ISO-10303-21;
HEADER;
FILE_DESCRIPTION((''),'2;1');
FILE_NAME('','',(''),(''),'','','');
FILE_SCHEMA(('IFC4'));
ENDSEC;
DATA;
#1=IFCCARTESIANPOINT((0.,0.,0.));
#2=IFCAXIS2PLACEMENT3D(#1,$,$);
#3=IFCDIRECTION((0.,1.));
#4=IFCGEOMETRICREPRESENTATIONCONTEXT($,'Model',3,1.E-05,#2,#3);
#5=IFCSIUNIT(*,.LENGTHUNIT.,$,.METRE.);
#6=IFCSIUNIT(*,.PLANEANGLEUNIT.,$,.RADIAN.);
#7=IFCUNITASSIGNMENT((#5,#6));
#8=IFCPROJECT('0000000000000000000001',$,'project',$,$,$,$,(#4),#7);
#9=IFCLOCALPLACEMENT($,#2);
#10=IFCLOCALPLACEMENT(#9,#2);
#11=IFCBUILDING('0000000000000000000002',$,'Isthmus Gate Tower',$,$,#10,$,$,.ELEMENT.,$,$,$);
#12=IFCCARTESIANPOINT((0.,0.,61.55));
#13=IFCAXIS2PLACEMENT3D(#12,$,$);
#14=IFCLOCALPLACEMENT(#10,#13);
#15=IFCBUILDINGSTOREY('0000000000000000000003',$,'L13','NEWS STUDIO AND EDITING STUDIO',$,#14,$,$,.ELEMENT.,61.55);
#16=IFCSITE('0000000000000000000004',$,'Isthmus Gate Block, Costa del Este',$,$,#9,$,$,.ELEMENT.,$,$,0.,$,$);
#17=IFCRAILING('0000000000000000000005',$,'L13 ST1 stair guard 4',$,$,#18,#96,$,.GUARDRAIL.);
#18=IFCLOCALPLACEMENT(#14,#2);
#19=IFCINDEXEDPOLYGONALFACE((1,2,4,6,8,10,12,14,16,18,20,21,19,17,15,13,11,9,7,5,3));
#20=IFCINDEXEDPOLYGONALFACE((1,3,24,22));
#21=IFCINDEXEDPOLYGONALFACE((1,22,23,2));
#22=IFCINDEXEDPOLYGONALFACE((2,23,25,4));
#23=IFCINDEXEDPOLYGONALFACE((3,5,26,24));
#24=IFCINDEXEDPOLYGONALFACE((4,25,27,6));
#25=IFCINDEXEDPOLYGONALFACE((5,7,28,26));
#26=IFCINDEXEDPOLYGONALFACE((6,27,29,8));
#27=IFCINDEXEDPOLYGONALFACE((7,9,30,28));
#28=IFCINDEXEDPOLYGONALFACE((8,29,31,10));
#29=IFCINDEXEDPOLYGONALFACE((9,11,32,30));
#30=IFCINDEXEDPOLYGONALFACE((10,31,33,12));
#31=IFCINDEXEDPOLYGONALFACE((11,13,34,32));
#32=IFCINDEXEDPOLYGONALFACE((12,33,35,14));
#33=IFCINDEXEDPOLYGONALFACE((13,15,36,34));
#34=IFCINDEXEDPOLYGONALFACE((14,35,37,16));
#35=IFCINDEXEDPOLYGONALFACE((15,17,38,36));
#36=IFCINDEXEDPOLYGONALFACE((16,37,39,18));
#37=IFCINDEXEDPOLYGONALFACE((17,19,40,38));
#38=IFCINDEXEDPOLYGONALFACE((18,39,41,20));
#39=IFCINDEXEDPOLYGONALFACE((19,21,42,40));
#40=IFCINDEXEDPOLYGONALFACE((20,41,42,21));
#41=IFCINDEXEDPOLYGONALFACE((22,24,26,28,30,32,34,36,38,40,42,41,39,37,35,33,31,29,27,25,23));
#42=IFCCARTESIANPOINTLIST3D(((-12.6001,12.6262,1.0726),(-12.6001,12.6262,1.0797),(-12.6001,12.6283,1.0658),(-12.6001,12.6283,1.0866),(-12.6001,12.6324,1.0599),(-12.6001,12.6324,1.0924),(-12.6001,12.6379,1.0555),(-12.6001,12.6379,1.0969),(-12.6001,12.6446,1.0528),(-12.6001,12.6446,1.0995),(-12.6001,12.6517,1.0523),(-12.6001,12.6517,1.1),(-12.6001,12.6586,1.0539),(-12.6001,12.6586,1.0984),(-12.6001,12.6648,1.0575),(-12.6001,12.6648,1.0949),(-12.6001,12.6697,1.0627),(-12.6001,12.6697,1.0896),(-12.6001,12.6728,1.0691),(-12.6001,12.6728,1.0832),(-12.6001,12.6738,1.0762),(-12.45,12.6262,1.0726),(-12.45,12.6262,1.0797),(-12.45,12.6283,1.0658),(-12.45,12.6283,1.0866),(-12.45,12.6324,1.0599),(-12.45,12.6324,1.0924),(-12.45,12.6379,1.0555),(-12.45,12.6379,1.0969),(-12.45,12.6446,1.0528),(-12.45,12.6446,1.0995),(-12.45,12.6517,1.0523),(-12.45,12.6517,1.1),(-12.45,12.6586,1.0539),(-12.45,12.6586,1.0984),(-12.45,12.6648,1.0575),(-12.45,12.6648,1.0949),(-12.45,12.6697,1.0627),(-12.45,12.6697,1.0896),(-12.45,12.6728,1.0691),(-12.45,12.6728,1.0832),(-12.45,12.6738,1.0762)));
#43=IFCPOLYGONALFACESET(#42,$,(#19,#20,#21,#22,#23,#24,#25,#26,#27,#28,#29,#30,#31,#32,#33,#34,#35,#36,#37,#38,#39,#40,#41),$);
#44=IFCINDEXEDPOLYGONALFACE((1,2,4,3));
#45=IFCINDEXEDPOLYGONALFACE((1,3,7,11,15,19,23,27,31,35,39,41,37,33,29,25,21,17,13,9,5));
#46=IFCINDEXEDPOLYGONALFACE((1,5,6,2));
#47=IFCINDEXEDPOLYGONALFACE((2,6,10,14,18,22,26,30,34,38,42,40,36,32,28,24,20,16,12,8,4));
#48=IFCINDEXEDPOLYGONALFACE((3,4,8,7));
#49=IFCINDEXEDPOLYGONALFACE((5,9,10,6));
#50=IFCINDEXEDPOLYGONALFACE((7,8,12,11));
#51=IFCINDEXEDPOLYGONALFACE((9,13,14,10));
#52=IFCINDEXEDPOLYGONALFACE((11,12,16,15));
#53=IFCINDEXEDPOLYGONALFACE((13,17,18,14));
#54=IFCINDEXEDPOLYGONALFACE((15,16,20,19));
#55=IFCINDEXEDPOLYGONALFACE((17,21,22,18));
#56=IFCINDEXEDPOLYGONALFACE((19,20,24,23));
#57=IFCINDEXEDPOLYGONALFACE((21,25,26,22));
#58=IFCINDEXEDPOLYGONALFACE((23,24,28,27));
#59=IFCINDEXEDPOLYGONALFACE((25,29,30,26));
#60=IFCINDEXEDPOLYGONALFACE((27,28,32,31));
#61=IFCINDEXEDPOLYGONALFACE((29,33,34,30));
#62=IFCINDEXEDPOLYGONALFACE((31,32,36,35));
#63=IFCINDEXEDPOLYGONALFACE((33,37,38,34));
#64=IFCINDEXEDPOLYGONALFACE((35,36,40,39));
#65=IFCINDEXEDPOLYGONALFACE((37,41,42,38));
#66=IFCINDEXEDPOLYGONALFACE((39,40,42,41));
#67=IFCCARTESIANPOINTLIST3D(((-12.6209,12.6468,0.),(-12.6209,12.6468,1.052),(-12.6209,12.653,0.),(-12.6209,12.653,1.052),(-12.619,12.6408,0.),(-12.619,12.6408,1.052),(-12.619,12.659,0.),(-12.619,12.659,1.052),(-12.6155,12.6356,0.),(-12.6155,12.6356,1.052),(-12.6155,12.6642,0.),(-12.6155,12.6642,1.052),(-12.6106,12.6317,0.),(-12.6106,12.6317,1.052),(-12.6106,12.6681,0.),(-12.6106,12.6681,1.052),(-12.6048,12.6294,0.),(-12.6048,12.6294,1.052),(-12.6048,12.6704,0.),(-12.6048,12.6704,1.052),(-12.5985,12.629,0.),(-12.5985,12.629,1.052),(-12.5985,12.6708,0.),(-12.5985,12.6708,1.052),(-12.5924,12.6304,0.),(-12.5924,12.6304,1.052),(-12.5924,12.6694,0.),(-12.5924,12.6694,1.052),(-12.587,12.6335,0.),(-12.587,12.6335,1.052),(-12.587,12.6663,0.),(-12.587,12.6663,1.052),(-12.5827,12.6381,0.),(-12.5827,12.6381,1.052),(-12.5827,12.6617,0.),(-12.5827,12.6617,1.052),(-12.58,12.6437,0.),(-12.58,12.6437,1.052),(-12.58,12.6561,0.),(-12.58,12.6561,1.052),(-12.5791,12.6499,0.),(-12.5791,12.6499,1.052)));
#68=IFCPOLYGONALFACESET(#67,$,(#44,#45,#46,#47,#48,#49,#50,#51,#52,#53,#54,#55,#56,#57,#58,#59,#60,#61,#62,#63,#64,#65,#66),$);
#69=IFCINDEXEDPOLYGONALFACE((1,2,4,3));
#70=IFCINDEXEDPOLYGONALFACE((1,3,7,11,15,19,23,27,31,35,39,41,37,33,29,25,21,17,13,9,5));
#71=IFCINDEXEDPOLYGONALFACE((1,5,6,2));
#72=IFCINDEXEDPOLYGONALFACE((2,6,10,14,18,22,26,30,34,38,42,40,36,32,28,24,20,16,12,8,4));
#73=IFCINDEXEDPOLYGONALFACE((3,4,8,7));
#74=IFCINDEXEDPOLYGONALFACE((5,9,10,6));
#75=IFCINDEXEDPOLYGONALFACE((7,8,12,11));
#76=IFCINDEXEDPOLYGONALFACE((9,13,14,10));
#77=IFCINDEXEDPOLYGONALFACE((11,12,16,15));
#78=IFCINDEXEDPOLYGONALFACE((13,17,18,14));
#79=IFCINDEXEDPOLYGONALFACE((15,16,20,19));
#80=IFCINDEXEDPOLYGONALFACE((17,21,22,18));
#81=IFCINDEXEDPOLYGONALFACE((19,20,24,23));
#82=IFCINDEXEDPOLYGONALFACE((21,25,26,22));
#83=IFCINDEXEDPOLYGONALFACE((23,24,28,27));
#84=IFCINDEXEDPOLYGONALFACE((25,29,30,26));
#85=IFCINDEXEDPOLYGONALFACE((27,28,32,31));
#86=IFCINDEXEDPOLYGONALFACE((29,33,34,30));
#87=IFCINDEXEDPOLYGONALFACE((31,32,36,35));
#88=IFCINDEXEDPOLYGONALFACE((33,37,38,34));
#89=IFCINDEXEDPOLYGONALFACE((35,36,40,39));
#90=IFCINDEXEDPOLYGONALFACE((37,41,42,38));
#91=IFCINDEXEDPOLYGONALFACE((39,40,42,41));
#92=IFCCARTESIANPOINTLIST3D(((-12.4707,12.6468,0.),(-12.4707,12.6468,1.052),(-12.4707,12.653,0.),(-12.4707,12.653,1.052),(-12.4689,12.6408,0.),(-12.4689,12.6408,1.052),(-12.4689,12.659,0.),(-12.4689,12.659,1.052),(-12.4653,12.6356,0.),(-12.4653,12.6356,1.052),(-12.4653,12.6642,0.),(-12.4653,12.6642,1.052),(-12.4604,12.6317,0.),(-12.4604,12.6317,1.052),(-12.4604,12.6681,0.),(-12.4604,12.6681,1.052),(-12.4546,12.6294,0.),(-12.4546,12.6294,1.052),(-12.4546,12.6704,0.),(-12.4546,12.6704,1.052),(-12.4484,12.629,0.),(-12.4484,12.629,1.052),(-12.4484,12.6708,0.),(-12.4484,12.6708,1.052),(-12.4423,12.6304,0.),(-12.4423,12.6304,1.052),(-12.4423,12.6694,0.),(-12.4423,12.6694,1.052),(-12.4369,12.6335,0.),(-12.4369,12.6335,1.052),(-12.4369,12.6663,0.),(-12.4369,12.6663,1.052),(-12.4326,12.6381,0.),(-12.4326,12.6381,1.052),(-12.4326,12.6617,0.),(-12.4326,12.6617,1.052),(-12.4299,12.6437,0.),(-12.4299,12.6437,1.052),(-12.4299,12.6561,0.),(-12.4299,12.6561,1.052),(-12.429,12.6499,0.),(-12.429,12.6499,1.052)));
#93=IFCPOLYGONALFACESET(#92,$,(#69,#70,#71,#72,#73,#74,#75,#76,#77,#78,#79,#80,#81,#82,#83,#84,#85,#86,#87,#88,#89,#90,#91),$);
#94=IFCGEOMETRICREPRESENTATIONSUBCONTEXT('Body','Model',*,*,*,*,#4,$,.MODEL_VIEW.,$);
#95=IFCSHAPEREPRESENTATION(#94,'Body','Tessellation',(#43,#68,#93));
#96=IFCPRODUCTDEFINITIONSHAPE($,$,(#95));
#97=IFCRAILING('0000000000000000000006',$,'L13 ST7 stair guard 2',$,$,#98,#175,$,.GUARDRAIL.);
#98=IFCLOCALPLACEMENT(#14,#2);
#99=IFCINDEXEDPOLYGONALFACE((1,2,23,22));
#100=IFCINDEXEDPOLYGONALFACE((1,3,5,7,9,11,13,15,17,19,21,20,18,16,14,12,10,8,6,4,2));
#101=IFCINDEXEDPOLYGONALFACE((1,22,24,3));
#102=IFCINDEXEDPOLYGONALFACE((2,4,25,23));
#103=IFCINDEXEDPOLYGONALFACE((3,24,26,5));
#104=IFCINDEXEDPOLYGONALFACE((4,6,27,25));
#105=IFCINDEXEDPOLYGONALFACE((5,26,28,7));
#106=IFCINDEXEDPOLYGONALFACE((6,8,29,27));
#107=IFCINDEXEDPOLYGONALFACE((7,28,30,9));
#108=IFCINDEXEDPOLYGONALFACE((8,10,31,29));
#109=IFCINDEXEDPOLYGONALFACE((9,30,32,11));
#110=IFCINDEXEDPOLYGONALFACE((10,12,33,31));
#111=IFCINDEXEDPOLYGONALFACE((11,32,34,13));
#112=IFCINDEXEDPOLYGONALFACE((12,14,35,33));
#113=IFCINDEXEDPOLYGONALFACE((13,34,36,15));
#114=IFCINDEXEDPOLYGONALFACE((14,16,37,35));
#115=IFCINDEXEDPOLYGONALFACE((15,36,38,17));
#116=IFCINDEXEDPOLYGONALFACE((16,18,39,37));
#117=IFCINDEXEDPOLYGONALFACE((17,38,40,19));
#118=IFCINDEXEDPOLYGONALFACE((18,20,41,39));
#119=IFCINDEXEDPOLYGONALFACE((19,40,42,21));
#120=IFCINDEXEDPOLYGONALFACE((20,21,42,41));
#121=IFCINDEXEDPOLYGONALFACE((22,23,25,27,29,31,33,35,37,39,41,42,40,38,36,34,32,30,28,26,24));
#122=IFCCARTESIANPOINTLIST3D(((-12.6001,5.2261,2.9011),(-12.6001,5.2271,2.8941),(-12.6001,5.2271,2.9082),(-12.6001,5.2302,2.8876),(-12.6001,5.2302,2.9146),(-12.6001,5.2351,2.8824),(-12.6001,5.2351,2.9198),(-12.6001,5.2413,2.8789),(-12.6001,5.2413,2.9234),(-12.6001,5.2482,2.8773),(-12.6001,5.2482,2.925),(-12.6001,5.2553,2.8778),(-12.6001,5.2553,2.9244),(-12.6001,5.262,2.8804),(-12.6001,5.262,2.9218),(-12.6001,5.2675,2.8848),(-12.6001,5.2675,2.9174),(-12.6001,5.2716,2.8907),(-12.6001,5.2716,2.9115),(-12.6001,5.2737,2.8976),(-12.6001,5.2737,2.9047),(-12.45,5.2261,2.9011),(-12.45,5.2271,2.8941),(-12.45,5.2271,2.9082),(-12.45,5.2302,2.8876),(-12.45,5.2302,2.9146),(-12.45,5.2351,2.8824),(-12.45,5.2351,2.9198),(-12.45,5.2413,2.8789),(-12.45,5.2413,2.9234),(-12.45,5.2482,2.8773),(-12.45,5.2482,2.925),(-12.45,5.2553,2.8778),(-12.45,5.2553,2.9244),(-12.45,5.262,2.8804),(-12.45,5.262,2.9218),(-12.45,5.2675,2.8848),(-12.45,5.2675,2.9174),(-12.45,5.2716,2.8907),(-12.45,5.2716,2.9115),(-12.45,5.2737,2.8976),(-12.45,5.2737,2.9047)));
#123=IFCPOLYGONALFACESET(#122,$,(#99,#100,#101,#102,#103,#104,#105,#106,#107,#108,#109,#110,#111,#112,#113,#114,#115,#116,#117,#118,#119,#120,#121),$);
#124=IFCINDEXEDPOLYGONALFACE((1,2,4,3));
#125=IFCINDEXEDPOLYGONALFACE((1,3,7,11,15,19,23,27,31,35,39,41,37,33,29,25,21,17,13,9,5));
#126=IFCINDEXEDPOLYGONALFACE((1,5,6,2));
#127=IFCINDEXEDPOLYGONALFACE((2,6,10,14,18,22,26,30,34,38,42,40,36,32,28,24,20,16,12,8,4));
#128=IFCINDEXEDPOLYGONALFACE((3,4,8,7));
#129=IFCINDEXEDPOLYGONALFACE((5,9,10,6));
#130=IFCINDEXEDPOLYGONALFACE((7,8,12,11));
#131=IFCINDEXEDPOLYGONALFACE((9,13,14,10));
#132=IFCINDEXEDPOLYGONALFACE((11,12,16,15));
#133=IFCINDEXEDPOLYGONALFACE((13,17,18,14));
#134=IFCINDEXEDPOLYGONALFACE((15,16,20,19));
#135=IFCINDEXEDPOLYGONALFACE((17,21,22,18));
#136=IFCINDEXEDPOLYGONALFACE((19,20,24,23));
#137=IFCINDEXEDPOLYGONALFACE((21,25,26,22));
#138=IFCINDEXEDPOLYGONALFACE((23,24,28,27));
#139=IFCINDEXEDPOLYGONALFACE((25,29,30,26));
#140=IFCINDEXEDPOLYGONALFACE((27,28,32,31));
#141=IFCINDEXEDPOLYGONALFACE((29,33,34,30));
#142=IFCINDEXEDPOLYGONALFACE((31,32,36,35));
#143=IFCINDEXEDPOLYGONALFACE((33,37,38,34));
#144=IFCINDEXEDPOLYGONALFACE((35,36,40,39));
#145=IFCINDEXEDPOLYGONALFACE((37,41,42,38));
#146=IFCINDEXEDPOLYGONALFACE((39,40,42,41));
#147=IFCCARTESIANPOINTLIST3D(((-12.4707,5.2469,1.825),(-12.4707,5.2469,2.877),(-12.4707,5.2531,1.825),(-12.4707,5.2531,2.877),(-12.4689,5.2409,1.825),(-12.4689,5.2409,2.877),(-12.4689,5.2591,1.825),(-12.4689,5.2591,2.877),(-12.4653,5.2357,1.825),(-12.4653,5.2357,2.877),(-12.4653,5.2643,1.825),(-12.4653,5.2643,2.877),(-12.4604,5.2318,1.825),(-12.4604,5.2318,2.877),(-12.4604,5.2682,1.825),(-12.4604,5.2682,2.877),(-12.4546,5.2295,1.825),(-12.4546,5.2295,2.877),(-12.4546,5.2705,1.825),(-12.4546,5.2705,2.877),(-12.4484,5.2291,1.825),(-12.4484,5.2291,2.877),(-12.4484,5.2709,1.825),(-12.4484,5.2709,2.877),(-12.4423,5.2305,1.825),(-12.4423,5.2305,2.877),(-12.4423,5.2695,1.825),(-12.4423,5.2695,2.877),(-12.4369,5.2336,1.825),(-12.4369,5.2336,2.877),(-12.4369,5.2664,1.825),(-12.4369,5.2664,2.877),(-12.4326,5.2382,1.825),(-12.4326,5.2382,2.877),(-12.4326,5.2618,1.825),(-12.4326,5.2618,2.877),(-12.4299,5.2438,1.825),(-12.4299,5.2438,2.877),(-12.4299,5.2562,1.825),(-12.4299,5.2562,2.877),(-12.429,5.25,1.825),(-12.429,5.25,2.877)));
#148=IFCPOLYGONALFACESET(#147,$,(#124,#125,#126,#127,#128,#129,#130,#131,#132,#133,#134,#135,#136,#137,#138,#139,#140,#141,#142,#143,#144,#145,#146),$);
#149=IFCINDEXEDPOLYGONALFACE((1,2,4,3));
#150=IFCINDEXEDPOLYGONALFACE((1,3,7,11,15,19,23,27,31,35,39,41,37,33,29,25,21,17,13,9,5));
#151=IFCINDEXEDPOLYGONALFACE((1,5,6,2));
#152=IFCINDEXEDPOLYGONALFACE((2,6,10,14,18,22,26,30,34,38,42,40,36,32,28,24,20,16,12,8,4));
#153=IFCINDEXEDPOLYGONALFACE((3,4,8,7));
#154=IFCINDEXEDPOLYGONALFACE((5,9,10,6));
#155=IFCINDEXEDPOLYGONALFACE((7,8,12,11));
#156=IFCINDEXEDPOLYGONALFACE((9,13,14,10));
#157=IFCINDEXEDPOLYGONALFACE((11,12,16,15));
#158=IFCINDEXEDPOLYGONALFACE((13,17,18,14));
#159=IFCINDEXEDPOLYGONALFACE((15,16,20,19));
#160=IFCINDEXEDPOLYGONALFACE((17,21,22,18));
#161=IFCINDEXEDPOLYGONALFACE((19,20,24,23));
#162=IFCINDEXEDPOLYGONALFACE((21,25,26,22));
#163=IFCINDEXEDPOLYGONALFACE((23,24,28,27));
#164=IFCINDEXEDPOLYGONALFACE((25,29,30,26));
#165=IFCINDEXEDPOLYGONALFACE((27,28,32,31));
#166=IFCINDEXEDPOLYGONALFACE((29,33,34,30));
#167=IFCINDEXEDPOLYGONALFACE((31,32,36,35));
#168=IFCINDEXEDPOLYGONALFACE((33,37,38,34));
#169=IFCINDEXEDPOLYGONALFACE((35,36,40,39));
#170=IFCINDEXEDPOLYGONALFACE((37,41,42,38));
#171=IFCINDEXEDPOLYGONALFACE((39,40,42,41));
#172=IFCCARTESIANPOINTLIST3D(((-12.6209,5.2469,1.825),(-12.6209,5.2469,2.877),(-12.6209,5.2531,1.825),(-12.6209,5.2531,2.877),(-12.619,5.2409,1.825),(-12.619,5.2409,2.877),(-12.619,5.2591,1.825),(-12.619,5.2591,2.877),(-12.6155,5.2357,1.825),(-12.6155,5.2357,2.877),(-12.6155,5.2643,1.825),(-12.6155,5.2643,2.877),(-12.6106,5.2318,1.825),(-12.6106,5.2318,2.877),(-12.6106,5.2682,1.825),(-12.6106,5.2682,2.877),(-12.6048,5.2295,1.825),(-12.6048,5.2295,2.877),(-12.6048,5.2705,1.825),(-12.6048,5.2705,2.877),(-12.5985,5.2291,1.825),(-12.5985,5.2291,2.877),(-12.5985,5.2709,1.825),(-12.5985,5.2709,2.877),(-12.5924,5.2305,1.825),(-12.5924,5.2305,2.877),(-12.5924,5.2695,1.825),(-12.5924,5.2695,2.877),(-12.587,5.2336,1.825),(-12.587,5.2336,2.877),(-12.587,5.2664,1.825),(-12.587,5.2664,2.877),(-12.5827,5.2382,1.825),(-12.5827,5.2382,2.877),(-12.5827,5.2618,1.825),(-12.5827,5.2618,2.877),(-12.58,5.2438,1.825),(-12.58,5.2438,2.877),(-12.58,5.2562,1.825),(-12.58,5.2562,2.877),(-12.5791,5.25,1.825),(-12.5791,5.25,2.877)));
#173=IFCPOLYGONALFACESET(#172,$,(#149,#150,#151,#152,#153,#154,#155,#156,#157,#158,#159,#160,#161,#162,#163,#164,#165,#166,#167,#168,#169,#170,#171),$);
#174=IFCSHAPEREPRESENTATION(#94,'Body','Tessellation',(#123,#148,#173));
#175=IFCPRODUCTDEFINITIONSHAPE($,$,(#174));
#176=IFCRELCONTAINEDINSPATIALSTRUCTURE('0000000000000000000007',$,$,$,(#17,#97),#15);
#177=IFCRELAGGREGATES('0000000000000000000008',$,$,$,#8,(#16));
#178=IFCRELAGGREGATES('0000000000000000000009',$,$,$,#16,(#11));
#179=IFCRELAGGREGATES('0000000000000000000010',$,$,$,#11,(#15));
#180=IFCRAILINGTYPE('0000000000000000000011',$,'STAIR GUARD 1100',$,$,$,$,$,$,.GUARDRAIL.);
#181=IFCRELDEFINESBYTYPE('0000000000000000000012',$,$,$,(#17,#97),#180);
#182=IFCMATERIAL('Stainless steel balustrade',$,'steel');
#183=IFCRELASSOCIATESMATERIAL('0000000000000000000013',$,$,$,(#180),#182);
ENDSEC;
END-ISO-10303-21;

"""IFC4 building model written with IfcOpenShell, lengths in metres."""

from ifc_helpers import new_model, si_unit, direction, frame, origin, origin_2d, place, context, subcontext, project, spatial, circle, extrude, material, type_object, element, save


model = new_model("IFC4")

# Units and contexts
model_context = context("Model", 3, precision=1e-05, world=origin(), true_north=direction((0.0, 1.0)))
body_context = subcontext(model_context, "Body", "Model", "MODEL_VIEW")
ifc_project = project(units=[si_unit("LENGTHUNIT", "METRE"), si_unit("PLANEANGLEUNIT", "RADIAN")], contexts=[model_context])

# Site, building, storey
site_placement = place(None, origin())
site = spatial("IfcSite", under=ifc_project, at=site_placement, Name="Isthmus Gate Block, Costa del Este", CompositionType="ELEMENT", RefElevation=0.0)
building_placement = place(site_placement, origin())
building = spatial("IfcBuilding", under=site, at=building_placement, Name="Isthmus Gate Tower", CompositionType="ELEMENT")
storey_placement = place(building_placement, frame((0.0, 0.0, 61.55)))
storey = spatial("IfcBuildingStorey", under=building, at=storey_placement, Name="L13", Description="NEWS STUDIO AND EDITING STUDIO", CompositionType="ELEMENT", Elevation=61.55)

# Railings
ifc_material_1 = material(Name="Stainless steel balustrade", Category="steel")
railing_type_1 = type_object("IfcRailingType", Name="STAIR GUARD 1100", PredefinedType="GUARDRAIL", material=ifc_material_1)
railing_1_placement = place(storey_placement, frame((-12.6001, 12.6499, 0.0)))
element("IfcRailing", 1, at=railing_1_placement, inside=storey, type_object=railing_type_1, Name="L13 ST1 stair guard 4", PredefinedType="GUARDRAIL", context=body_context, shape_type="SweptSolid", body=[
    extrude(circle(Radius=0.0239, at=origin_2d()), frame((0.0, 0.0, 1.0762), z_axis=(1.0, 0.0, 0.0), x_axis=(0.0, 1.0, 0.0)), (0.0, 0.0, 1.0), 0.1501),
    extrude(circle(Radius=0.021, at=origin_2d()), origin(), (0.0, 0.0, 1.0), 1.052),
    extrude(circle(Radius=0.021, at=origin_2d()), frame((0.1501, 0.0, 0.0)), (0.0, 0.0, 1.0), 1.052),
])
railing_2_placement = place(storey_placement, frame((-12.45, 5.25, 1.825)))
element("IfcRailing", 2, at=railing_2_placement, inside=storey, type_object=railing_type_1, Name="L13 ST7 stair guard 2", PredefinedType="GUARDRAIL", context=body_context, shape_type="SweptSolid", body=[
    extrude(circle(Radius=0.0239, at=origin_2d()), frame((0.0, 0.0, 1.0762), z_axis=(-1.0, 0.0, 0.0), x_axis=(0.0, -1.0, 0.0)), (0.0, 0.0, 1.0), 0.1501),
    extrude(circle(Radius=0.021, at=origin_2d()), origin(), (0.0, 0.0, 1.0), 1.052),
    extrude(circle(Radius=0.021, at=origin_2d()), frame((-0.1501, 0.0, 0.0)), (0.0, 0.0, 1.0), 1.052),
])

save(model, "model.ifc")
